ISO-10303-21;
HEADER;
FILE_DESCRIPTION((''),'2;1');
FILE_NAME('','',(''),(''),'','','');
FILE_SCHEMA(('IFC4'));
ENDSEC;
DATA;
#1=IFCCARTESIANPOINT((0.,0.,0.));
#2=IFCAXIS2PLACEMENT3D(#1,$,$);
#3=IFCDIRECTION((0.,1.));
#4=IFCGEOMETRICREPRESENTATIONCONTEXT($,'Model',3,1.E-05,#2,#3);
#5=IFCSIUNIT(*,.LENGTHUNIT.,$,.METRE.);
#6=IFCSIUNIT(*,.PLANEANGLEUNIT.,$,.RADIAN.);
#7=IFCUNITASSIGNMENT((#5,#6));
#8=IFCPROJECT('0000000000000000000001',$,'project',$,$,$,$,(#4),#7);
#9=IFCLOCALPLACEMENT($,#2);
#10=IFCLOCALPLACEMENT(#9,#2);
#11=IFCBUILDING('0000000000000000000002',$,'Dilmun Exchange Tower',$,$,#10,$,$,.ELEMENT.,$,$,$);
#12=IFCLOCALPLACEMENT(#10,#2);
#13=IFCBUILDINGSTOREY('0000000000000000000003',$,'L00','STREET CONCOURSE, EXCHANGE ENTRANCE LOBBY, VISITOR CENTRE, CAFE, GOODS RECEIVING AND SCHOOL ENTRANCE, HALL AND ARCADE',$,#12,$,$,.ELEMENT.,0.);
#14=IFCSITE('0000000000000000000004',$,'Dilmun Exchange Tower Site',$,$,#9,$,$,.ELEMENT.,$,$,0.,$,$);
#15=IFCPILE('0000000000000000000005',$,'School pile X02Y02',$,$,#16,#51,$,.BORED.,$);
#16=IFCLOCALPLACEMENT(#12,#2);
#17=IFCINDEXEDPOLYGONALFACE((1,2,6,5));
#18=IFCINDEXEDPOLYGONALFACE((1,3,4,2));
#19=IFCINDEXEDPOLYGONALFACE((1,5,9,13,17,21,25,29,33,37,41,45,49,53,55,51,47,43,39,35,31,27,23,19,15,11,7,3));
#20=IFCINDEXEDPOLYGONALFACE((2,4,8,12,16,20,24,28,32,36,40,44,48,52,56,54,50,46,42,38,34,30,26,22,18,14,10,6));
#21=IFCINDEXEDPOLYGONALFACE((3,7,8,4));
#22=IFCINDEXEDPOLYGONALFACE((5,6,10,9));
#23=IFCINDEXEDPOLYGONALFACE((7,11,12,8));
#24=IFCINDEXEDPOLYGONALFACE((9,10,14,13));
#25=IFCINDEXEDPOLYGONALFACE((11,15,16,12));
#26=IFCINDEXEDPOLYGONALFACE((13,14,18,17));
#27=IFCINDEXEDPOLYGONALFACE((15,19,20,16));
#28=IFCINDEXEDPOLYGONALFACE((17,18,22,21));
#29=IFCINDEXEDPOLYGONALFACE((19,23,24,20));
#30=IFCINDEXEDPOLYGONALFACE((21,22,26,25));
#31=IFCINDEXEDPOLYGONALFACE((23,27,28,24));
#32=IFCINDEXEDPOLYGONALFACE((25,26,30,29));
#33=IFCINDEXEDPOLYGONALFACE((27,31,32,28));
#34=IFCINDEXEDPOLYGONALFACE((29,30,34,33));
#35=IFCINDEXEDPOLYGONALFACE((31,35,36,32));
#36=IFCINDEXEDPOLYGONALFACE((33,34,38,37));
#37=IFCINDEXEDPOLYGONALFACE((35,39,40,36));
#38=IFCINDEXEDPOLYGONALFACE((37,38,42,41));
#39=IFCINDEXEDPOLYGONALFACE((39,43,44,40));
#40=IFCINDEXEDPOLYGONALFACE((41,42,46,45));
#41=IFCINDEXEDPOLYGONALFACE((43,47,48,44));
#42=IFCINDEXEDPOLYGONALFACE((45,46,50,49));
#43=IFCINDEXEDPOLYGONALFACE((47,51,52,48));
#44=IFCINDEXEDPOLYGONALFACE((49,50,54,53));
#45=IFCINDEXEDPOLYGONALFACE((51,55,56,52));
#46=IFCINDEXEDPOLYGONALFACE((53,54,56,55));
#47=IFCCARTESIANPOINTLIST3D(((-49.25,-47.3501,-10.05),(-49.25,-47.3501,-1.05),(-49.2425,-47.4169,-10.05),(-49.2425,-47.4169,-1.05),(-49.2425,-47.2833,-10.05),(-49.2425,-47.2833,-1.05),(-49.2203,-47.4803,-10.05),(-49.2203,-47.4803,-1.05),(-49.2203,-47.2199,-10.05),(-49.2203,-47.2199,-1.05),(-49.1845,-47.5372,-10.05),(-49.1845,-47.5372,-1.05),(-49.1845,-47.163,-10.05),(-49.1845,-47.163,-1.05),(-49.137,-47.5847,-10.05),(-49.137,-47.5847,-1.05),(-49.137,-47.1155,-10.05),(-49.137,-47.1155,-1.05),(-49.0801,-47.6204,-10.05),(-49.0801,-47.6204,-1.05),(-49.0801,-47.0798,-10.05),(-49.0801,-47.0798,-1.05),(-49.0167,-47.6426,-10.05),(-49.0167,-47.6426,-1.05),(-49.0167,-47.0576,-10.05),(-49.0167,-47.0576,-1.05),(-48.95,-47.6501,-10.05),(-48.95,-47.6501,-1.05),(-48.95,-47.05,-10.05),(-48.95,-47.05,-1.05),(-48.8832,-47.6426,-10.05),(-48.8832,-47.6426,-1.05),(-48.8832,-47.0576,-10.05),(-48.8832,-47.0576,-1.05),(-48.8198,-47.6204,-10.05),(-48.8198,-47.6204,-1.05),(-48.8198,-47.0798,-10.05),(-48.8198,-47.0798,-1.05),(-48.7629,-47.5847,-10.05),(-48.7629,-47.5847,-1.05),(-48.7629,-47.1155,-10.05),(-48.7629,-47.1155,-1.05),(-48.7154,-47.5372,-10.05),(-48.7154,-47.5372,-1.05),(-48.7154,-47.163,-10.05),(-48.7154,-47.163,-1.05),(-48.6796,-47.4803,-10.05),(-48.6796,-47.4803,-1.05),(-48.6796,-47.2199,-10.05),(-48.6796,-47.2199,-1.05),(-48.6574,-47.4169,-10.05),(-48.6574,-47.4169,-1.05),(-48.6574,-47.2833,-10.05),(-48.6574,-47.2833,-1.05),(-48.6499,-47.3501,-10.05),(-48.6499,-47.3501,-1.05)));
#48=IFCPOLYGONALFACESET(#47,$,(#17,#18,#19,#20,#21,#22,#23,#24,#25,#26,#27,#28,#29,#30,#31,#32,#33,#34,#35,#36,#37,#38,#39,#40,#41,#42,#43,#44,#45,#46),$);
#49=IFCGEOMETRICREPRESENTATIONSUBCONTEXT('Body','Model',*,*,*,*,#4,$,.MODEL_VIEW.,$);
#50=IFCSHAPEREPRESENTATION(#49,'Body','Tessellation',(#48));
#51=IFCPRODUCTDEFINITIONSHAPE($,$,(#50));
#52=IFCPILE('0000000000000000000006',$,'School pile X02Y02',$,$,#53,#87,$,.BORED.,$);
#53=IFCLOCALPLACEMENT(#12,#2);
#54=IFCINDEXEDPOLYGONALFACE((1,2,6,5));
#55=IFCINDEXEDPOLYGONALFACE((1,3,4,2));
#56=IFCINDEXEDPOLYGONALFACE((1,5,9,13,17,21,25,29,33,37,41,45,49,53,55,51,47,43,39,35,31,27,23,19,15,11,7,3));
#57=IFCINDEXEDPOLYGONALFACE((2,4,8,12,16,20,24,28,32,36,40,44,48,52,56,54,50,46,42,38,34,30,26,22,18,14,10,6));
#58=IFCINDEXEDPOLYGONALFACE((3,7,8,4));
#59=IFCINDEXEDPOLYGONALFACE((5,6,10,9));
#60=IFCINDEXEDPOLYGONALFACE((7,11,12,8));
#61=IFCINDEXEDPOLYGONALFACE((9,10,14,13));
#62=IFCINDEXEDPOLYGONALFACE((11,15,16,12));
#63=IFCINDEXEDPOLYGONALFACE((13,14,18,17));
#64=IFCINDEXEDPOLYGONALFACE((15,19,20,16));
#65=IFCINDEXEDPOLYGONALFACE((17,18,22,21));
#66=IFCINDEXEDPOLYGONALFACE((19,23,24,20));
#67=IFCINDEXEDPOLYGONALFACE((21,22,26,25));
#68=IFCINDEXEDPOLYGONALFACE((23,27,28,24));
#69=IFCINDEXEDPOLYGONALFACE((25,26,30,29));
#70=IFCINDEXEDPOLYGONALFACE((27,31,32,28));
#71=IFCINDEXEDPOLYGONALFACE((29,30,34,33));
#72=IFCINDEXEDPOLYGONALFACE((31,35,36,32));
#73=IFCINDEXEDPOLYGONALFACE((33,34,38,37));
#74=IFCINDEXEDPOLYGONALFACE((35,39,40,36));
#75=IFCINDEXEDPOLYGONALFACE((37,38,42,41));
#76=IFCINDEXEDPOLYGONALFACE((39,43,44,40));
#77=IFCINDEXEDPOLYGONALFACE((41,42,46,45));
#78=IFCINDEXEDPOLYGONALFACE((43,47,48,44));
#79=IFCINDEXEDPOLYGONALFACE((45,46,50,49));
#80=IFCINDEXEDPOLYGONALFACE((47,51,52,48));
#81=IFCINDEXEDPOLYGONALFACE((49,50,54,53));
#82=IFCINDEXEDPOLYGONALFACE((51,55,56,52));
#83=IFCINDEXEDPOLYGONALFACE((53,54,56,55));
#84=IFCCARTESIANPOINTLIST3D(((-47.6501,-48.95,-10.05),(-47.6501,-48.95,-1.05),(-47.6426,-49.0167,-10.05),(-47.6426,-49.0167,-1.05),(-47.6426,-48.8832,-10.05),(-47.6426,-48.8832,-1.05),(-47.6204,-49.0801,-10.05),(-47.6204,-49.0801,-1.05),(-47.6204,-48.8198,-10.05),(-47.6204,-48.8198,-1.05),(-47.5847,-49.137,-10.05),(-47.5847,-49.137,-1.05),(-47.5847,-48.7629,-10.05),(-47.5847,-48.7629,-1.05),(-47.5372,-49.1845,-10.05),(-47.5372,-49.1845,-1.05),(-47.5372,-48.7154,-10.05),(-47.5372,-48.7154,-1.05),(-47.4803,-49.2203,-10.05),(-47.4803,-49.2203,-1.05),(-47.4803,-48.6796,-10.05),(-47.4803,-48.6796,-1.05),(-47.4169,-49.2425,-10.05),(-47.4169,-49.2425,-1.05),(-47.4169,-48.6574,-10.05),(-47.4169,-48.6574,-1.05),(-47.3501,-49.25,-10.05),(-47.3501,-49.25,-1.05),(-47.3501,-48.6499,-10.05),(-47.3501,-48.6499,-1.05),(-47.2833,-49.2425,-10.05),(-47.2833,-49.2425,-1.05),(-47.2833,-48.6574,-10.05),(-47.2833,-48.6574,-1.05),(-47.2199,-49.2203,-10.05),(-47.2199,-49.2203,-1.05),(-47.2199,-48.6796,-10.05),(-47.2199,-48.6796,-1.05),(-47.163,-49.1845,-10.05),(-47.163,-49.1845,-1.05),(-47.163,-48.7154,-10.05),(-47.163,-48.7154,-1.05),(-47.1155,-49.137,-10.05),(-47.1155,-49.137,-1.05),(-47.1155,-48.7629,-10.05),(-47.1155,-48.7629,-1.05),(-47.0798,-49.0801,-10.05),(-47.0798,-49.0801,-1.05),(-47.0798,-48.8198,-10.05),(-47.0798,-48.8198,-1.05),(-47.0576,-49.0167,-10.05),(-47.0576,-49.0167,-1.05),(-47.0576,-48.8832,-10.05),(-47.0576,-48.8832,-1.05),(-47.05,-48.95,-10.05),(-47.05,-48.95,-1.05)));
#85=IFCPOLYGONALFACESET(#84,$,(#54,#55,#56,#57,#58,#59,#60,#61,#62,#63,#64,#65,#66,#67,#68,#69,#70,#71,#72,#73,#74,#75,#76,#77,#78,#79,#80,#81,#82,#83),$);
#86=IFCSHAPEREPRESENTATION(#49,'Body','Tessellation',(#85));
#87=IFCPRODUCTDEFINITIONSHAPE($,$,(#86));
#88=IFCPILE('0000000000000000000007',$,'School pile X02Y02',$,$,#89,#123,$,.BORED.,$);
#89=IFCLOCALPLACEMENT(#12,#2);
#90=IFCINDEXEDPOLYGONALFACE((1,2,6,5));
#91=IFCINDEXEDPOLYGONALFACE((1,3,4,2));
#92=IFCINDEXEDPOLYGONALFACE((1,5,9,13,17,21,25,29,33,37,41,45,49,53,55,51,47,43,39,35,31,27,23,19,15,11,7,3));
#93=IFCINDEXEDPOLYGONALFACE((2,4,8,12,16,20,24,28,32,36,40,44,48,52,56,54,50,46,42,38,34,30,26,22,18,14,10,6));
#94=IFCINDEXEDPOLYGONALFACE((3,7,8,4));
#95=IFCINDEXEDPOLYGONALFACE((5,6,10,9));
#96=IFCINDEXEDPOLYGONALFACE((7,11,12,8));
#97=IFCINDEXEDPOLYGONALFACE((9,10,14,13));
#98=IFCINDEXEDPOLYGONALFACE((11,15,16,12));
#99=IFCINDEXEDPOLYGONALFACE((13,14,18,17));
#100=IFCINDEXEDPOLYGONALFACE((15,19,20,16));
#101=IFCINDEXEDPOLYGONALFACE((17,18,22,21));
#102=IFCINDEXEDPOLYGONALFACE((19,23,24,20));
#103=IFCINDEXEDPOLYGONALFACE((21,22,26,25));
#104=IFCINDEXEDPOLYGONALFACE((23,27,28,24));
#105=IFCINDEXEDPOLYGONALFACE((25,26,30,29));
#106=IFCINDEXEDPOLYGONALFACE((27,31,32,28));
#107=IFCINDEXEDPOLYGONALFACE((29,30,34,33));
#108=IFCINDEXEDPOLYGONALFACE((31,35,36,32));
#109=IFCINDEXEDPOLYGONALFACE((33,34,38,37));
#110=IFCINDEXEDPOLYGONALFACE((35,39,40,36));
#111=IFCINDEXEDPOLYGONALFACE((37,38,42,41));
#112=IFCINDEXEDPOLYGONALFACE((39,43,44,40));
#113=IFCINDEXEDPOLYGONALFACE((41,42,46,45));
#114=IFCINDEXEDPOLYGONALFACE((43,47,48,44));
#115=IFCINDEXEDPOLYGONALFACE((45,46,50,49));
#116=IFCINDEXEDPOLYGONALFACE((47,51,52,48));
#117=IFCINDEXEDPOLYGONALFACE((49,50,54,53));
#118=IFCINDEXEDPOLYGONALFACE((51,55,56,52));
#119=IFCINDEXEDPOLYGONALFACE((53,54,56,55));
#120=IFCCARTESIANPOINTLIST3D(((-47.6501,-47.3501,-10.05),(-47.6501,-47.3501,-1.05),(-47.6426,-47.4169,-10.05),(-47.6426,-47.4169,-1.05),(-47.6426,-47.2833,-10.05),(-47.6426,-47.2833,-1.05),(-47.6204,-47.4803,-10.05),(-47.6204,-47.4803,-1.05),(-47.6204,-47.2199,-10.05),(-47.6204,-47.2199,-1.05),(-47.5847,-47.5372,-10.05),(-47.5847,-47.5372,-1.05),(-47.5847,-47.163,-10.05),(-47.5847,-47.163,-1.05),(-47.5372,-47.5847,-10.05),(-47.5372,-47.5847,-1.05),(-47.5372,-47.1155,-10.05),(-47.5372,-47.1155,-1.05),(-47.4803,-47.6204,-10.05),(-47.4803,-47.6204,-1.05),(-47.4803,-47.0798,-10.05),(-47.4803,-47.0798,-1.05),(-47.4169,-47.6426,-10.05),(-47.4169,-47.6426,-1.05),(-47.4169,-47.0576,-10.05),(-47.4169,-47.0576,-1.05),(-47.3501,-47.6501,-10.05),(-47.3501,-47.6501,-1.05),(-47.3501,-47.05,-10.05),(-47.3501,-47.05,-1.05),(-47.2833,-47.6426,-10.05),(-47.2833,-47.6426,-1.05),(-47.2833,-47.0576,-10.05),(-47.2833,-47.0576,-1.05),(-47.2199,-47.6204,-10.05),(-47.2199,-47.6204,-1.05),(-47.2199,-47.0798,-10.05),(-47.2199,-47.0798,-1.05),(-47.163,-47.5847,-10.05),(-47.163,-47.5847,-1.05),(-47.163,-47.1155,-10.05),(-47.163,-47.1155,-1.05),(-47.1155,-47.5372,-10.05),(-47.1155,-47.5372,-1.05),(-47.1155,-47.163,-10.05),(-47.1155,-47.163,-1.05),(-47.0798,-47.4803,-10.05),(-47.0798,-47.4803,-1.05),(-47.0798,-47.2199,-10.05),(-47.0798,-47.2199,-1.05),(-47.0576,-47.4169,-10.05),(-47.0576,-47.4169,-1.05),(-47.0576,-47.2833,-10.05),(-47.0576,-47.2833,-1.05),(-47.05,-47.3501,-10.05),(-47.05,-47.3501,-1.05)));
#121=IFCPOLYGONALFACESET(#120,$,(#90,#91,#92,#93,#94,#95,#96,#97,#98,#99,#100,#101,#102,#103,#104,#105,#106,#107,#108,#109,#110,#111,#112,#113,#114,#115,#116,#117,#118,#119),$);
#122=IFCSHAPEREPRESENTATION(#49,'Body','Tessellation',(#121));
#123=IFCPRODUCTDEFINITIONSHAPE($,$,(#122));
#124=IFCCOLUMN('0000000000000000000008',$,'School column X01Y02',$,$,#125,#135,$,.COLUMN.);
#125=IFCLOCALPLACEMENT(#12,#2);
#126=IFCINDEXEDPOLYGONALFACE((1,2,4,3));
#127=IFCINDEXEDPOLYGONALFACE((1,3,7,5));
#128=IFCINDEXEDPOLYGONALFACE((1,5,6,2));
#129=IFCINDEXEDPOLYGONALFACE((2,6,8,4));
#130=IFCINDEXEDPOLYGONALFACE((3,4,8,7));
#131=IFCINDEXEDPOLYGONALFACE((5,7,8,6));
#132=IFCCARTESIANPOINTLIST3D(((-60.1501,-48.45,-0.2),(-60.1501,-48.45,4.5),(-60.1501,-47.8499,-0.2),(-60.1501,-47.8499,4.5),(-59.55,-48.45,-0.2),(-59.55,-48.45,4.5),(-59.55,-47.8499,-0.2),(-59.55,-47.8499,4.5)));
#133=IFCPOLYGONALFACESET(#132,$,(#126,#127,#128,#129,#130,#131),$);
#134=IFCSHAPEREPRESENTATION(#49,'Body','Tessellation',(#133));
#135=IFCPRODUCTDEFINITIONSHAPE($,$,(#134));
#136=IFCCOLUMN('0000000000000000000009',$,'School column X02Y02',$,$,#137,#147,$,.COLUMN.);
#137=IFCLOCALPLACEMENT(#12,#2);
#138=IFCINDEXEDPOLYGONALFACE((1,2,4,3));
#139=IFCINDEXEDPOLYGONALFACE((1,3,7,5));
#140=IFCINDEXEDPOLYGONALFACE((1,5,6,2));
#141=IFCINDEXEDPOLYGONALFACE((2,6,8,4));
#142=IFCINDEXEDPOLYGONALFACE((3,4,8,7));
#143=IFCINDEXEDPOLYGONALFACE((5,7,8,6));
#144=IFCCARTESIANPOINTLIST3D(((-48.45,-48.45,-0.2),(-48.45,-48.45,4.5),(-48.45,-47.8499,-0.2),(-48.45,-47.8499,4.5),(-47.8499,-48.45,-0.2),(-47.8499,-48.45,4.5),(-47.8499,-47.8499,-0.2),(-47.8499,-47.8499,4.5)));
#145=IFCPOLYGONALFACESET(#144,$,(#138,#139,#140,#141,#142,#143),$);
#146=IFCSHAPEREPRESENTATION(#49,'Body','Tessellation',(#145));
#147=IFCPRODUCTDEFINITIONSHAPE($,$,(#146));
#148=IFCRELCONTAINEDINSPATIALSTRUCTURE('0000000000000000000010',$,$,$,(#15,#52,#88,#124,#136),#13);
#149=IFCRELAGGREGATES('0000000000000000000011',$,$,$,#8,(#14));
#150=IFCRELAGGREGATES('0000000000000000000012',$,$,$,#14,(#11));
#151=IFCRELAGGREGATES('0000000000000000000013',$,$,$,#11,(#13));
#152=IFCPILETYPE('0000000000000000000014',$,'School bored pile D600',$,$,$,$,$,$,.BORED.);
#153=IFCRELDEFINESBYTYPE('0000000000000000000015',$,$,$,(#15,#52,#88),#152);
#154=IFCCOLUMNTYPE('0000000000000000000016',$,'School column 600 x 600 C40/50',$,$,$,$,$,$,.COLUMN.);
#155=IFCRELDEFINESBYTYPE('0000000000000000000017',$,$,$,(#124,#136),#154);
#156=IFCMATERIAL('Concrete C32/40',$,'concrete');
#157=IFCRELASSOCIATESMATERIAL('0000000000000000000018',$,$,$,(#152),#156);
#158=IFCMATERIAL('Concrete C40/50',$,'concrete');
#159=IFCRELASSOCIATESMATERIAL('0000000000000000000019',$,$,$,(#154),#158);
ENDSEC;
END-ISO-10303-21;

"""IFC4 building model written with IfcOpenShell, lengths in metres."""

from ifc_helpers import new_model, si_unit, direction, frame, origin, origin_2d, place, context, subcontext, project, spatial, rectangle, circle, extrude, material, material_profile, profile_set, type_object, element, save


model = new_model("IFC4")

# Units and contexts
model_context = context("Model", 3, precision=1e-05, world=origin(), true_north=direction((0.0, 1.0)))
body_context = subcontext(model_context, "Body", "Model", "MODEL_VIEW")
ifc_project = project(units=[si_unit("LENGTHUNIT", "METRE"), si_unit("PLANEANGLEUNIT", "RADIAN")], contexts=[model_context])

# Site, building, storey
site_placement = place(None, origin())
site = spatial("IfcSite", under=ifc_project, at=site_placement, Name="Dilmun Exchange Tower Site", CompositionType="ELEMENT", RefElevation=0.0)
building_placement = place(site_placement, origin())
building = spatial("IfcBuilding", under=site, at=building_placement, Name="Dilmun Exchange Tower", CompositionType="ELEMENT")
storey_placement = place(building_placement, origin())
storey = spatial("IfcBuildingStorey", under=building, at=storey_placement, Name="L00", Description="STREET CONCOURSE, EXCHANGE ENTRANCE LOBBY, VISITOR CENTRE, CAFE, GOODS RECEIVING AND SCHOOL ENTRANCE, HALL AND ARCADE", CompositionType="ELEMENT", Elevation=0.0)

# Piles
ifc_material_1 = material(Name="Concrete C32/40", Category="concrete")
ifc_material_profile_1 = material_profile(ifc_material_1, circle(Radius=0.3, at=origin_2d()), Name="D600")
ifc_profile_set_1 = profile_set([ifc_material_profile_1], Name="Concrete C32/40")
pile_type = type_object("IfcPileType", Name="School bored pile D600", PredefinedType="BORED", material=ifc_profile_set_1)
for number, where, z_axis, x_axis, name in (
    (1, (-48.95, -47.3501, -1.05), (0.0, 0.0, -1.0), (1.0, 0.0, 0.0), "School pile X02Y02"),
    (2, (-47.3501, -48.95, -1.05), (0.0, 0.0, -1.0), (1.0, 0.0, 0.0), "School pile X02Y02"),
    (3, (-47.3501, -47.3501, -1.05), (0.0, 0.0, -1.0), (1.0, 0.0, 0.0), "School pile X02Y02"),
):
    element("IfcPile", number, at=place(storey_placement, frame(where, z_axis=z_axis, x_axis=x_axis)), inside=storey, type_object=pile_type, Name=name, PredefinedType="BORED", context=body_context, shape_type="SweptSolid", body=[
        extrude(circle(Radius=0.3, at=origin_2d()), origin(), (0.0, 0.0, 1.0), 9.0),
    ])

# Columns
ifc_material_2 = material(Name="Concrete C40/50", Category="concrete")
ifc_material_profile_2 = material_profile(ifc_material_2, rectangle(XDim=0.6001, YDim=0.6001, at=origin_2d()), Name="600 x 600")
ifc_profile_set_2 = profile_set([ifc_material_profile_2], Name="Concrete C40/50")
column_type = type_object("IfcColumnType", Name="School column 600 x 600 C40/50", PredefinedType="COLUMN", material=ifc_profile_set_2)
for number, where, z_axis, x_axis, name in (
    (4, (-59.8501, -48.1499, -0.2), (0.0, 0.0, 1.0), (1.0, 0.0, 0.0), "School column X01Y02"),
    (5, (-48.1499, -48.1499, -0.2), (0.0, 0.0, 1.0), (1.0, 0.0, 0.0), "School column X02Y02"),
):
    element("IfcColumn", number, at=place(storey_placement, frame(where, z_axis=z_axis, x_axis=x_axis)), inside=storey, type_object=column_type, Name=name, PredefinedType="COLUMN", context=body_context, shape_type="SweptSolid", body=[
        extrude(rectangle(XDim=0.6001, YDim=0.6001, at=origin_2d()), origin(), (0.0, 0.0, 1.0), 4.7),
    ])

save(model, "model.ifc")
